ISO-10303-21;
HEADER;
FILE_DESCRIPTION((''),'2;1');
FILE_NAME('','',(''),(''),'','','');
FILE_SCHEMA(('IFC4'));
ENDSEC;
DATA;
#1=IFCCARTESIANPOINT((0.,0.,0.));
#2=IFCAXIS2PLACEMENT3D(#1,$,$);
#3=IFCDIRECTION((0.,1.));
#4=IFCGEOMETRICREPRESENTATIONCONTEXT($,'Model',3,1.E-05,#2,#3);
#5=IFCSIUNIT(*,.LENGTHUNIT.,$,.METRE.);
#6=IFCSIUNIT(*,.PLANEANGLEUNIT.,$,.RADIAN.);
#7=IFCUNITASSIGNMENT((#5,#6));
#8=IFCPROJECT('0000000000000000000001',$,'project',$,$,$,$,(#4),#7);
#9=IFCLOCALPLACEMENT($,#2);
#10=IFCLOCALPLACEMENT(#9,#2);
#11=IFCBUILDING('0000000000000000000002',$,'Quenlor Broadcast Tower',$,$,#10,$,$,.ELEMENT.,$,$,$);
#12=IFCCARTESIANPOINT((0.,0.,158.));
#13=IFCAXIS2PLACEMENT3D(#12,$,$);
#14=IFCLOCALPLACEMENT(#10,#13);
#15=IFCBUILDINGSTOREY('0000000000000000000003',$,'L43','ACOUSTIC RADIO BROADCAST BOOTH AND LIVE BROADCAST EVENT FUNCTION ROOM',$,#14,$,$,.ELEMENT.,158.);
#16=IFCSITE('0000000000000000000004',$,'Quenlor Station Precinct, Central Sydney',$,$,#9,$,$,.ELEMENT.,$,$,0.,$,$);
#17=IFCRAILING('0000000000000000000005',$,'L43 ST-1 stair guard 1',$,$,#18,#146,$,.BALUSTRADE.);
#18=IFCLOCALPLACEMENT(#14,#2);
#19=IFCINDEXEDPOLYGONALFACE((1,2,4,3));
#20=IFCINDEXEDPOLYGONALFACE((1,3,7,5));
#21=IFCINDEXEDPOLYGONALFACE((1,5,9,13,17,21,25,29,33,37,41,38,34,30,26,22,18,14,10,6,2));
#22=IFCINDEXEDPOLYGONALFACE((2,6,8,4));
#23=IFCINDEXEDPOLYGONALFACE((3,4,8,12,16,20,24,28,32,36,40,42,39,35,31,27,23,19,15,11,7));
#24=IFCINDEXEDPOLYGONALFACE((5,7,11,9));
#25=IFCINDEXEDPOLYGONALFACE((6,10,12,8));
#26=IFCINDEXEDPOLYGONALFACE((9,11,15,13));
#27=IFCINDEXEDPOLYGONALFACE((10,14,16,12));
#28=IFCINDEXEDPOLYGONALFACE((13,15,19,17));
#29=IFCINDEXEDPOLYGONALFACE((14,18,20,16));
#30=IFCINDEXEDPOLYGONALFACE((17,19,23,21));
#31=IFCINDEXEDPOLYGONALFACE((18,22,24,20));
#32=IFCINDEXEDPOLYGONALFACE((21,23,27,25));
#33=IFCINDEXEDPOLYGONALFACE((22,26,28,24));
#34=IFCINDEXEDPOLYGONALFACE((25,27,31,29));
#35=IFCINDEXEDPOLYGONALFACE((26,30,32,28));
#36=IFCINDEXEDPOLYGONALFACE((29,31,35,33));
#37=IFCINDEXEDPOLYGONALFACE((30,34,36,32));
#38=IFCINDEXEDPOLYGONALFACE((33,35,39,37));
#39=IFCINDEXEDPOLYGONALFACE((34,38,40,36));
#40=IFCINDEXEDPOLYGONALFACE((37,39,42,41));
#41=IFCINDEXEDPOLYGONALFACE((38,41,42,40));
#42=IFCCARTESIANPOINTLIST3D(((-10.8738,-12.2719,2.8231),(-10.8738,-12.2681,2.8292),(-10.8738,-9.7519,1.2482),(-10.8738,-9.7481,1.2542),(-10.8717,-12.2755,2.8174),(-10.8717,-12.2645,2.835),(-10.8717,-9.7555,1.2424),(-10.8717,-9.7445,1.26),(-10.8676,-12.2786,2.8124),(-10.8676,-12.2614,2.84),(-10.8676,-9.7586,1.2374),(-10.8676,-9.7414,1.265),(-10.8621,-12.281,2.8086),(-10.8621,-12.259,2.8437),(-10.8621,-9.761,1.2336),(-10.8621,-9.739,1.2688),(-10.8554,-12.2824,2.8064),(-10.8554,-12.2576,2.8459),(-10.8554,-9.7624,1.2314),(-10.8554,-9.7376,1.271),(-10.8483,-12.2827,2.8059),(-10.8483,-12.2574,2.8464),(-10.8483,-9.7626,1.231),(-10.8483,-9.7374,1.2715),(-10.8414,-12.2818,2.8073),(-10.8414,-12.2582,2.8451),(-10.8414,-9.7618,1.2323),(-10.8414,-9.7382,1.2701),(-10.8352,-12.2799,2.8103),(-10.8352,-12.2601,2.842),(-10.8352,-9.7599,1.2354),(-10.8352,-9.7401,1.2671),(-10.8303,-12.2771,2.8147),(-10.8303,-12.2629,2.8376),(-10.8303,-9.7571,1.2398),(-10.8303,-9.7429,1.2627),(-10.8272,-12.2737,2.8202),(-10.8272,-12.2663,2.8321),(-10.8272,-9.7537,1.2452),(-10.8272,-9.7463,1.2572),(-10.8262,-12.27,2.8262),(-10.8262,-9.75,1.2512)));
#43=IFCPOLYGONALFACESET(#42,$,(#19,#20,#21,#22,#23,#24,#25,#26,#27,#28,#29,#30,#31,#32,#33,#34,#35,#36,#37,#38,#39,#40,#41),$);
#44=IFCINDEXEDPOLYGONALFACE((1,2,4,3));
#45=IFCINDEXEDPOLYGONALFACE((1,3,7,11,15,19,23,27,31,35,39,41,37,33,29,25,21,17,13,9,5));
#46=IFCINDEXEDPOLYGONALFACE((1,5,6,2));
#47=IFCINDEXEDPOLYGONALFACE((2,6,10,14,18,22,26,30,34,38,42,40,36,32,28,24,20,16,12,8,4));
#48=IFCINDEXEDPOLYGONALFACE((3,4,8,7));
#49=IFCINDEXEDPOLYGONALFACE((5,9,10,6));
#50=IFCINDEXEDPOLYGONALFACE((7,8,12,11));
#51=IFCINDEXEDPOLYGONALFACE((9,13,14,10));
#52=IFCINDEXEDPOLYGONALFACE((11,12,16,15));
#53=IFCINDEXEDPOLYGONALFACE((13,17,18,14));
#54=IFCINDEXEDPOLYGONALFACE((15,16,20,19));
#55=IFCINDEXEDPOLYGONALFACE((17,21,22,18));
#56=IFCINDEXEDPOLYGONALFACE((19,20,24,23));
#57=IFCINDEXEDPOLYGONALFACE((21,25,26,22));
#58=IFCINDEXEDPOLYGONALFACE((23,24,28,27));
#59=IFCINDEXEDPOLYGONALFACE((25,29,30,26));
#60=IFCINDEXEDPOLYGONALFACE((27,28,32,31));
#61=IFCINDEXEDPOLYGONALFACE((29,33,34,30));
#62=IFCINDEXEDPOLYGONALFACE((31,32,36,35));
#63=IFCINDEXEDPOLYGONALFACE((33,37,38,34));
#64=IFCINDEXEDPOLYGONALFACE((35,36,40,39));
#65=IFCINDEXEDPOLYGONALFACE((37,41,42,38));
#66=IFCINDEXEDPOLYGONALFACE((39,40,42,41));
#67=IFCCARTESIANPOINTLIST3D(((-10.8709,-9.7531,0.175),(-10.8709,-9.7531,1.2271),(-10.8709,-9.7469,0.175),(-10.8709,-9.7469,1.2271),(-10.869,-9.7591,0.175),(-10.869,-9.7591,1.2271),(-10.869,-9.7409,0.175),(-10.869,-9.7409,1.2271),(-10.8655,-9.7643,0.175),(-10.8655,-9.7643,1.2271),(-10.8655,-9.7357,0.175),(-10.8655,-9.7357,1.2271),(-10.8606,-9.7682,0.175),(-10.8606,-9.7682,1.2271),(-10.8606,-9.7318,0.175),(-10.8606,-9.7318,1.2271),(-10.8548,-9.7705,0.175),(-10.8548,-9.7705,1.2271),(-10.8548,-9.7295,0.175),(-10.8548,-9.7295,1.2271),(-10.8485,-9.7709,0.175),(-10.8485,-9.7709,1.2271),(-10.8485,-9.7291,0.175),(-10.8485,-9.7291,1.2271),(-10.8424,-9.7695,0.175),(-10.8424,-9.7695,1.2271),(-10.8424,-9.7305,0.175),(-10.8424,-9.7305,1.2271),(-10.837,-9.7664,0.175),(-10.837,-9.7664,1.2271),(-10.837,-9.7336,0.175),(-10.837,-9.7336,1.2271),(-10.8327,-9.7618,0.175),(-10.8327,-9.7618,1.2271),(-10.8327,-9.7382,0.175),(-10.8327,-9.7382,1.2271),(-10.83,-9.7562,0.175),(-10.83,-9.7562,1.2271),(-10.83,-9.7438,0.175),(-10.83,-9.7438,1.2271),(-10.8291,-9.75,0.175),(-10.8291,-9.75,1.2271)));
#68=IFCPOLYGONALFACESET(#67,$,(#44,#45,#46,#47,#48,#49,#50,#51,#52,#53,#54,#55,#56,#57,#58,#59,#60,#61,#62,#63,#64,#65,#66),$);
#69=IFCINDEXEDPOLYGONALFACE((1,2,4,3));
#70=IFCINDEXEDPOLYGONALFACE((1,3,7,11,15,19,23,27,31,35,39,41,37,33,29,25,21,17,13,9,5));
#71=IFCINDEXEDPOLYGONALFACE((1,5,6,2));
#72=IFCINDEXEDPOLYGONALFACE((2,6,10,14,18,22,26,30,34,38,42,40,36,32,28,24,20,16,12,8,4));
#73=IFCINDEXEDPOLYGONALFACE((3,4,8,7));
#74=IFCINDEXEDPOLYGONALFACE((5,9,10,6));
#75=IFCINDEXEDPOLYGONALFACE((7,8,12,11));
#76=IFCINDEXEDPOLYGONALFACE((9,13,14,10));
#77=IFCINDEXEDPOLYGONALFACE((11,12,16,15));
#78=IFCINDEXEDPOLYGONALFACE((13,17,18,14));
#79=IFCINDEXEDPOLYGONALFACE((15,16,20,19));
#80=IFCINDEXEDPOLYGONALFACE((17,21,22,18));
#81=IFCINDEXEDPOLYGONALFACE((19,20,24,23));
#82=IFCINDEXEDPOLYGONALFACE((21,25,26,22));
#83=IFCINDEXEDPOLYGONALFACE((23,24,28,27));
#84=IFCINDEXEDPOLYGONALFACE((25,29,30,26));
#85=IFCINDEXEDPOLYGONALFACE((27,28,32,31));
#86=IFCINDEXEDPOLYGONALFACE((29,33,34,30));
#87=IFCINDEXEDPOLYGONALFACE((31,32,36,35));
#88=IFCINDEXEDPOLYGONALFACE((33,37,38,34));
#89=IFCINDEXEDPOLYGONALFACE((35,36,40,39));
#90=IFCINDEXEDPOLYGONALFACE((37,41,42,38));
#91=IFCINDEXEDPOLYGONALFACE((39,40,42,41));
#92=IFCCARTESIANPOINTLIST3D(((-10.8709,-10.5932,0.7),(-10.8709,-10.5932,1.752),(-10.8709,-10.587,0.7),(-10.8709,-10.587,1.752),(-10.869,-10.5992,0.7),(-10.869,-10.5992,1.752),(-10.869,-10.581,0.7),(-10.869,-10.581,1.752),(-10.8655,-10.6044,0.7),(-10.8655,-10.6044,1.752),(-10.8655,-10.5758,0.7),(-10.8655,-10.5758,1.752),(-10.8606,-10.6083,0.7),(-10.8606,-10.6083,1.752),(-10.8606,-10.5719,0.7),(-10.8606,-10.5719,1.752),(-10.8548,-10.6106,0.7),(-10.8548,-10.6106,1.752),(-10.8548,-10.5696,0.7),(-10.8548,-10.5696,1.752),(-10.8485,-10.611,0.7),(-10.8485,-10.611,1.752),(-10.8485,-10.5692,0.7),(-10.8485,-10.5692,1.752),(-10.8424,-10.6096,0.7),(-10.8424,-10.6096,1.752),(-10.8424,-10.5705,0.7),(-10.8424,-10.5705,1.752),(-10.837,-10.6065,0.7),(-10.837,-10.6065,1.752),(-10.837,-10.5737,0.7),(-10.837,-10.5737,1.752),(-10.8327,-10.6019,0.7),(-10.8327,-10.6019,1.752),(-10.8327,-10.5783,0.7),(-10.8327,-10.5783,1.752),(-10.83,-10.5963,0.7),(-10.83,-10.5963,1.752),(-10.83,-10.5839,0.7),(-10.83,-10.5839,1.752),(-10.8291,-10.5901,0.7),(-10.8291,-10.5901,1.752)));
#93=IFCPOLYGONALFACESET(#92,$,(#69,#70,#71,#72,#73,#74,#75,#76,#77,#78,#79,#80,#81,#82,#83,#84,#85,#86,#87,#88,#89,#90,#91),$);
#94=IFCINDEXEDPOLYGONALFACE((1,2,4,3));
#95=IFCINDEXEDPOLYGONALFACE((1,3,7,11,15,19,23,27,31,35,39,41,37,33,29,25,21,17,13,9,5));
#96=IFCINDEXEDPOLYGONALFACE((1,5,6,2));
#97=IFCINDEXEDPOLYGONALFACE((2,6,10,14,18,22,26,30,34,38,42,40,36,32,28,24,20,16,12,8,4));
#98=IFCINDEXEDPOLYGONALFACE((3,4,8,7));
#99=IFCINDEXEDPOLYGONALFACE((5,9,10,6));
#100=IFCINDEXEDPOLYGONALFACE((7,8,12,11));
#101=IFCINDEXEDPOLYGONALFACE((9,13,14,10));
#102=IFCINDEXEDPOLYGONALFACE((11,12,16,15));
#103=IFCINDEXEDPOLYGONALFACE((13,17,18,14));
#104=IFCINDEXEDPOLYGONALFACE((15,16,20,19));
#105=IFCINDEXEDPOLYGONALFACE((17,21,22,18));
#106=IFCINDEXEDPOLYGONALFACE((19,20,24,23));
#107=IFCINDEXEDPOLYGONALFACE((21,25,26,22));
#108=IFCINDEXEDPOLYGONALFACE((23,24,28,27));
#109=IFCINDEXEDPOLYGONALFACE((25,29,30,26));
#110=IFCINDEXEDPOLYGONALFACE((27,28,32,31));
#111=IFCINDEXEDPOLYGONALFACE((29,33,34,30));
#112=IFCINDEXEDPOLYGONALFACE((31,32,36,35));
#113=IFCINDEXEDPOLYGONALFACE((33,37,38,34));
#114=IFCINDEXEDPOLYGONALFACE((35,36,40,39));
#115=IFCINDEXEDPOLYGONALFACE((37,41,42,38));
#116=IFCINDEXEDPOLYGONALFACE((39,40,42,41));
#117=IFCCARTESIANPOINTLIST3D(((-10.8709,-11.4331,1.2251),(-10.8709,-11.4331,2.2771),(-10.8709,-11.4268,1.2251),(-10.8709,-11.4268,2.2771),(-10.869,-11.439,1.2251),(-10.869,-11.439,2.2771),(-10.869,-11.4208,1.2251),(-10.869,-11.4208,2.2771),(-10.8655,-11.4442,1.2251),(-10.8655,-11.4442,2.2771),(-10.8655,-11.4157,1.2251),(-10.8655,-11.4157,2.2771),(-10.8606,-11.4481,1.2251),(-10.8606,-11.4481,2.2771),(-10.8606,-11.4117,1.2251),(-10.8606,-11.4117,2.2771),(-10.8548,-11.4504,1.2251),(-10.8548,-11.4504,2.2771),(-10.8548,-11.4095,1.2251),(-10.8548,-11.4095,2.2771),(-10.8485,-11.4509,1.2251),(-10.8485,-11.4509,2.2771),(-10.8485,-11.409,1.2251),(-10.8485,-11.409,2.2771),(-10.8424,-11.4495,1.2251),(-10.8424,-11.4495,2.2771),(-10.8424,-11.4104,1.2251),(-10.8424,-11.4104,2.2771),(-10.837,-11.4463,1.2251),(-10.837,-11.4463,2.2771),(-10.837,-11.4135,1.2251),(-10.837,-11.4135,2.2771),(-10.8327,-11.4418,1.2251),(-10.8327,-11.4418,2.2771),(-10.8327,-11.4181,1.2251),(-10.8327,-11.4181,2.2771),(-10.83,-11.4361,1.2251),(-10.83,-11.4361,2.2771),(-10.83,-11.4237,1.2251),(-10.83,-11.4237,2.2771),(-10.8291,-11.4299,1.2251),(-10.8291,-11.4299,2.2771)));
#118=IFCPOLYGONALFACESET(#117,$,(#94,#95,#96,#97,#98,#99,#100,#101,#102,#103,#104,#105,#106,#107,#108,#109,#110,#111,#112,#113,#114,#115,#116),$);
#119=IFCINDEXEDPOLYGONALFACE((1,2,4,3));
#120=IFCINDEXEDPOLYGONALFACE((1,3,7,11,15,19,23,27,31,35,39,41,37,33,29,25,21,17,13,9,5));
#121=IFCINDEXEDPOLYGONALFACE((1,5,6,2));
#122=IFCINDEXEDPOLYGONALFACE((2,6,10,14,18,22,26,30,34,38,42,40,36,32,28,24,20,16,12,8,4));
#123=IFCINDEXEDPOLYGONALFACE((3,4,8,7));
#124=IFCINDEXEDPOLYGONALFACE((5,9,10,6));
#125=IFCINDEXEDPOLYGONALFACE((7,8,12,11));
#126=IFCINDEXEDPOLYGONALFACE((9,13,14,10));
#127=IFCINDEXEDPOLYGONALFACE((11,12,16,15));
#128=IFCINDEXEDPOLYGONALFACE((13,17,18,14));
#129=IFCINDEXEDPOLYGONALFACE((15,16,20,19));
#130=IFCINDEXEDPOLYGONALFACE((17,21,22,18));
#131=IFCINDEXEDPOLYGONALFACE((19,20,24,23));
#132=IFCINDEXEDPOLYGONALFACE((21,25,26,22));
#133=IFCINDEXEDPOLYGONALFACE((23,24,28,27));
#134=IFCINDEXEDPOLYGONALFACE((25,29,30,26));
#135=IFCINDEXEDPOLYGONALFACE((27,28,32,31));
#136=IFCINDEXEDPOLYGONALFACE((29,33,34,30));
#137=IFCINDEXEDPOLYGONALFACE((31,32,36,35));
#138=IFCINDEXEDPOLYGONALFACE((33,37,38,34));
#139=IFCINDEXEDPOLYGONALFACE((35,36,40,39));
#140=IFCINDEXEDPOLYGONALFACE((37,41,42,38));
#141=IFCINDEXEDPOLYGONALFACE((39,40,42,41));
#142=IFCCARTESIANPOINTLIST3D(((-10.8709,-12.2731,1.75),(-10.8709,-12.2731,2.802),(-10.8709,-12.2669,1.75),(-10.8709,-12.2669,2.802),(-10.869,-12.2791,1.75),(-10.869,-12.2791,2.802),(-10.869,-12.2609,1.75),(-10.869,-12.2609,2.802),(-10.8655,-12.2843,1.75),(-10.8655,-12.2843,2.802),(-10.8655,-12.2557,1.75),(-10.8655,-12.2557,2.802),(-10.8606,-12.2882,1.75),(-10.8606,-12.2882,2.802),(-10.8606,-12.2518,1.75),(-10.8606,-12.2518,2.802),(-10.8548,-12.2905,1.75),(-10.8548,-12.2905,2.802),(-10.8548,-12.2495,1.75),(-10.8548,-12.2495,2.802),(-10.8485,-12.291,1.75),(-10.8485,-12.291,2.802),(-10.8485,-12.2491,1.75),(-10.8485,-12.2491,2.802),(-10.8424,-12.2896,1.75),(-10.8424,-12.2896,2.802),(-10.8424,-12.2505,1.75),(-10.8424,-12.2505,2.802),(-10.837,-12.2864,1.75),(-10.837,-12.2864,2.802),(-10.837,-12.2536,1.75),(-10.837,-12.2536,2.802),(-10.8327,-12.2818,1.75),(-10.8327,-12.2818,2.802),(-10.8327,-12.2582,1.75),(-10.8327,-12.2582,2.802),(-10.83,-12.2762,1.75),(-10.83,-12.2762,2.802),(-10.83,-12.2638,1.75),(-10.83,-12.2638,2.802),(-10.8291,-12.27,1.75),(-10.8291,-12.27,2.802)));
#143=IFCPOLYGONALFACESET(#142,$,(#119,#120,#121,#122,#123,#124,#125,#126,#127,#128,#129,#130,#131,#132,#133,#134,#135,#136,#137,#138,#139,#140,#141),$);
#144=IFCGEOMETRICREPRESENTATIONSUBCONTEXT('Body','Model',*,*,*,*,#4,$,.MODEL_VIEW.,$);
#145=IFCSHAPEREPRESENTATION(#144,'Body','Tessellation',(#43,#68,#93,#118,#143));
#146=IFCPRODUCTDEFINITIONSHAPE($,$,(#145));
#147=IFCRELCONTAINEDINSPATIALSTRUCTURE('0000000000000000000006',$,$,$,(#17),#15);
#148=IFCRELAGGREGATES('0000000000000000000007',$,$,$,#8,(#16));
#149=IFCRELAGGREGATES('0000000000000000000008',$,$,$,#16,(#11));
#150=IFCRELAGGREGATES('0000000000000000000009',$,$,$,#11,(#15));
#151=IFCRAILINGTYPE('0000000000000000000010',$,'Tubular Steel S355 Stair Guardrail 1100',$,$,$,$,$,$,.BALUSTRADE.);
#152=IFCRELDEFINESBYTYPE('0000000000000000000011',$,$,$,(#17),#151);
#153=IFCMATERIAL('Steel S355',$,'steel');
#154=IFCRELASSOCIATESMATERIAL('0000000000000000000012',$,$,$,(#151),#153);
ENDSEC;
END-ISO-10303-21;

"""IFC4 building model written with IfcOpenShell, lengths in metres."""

from ifc_helpers import new_model, si_unit, direction, frame, origin, origin_2d, place, context, subcontext, project, spatial, circle, extrude, material, type_object, element, save


model = new_model("IFC4")

# Units and contexts
model_context = context("Model", 3, precision=1e-05, world=origin(), true_north=direction((0.0, 1.0)))
body_context = subcontext(model_context, "Body", "Model", "MODEL_VIEW")
ifc_project = project(units=[si_unit("LENGTHUNIT", "METRE"), si_unit("PLANEANGLEUNIT", "RADIAN")], contexts=[model_context])

# Site, building, storey
site_placement = place(None, origin())
site = spatial("IfcSite", under=ifc_project, at=site_placement, Name="Quenlor Station Precinct, Central Sydney", CompositionType="ELEMENT", RefElevation=0.0)
building_placement = place(site_placement, origin())
building = spatial("IfcBuilding", under=site, at=building_placement, Name="Quenlor Broadcast Tower", CompositionType="ELEMENT")
storey_placement = place(building_placement, frame((0.0, 0.0, 158.0)))
storey = spatial("IfcBuildingStorey", under=building, at=storey_placement, Name="L43", Description="ACOUSTIC RADIO BROADCAST BOOTH AND LIVE BROADCAST EVENT FUNCTION ROOM", CompositionType="ELEMENT", Elevation=158.0)

# Railing
ifc_material_1 = material(Name="Steel S355", Category="steel")
railing_type_1 = type_object("IfcRailingType", Name="Tubular Steel S355 Stair Guardrail 1100", PredefinedType="BALUSTRADE", material=ifc_material_1)
railing_1_placement = place(storey_placement, frame((-10.8501, -9.75, 0.175)))
element("IfcRailing", 1, at=railing_1_placement, inside=storey, type_object=railing_type_1, Name="L43 ST-1 stair guard 1", PredefinedType="BALUSTRADE", context=body_context, shape_type="SweptSolid", body=[
    extrude(circle(Radius=0.0239, at=origin_2d()), frame((0.0, 0.0, 1.0762), z_axis=(0.0, -0.848008, 0.529984), x_axis=(1.0, 0.0, 0.0)), (0.0, 0.0, 1.0), 2.9717),
    extrude(circle(Radius=0.021, at=origin_2d()), origin(), (0.0, 0.0, 1.0), 1.052),
    extrude(circle(Radius=0.021, at=origin_2d()), frame((0.0, -0.8401, 0.5249)), (0.0, 0.0, 1.0), 1.052),
    extrude(circle(Radius=0.021, at=origin_2d()), frame((0.0, -1.6799, 1.05)), (0.0, 0.0, 1.0), 1.052),
    extrude(circle(Radius=0.021, at=origin_2d()), frame((0.0, -2.52, 1.575)), (0.0, 0.0, 1.0), 1.052),
])

save(model, "model.ifc")
